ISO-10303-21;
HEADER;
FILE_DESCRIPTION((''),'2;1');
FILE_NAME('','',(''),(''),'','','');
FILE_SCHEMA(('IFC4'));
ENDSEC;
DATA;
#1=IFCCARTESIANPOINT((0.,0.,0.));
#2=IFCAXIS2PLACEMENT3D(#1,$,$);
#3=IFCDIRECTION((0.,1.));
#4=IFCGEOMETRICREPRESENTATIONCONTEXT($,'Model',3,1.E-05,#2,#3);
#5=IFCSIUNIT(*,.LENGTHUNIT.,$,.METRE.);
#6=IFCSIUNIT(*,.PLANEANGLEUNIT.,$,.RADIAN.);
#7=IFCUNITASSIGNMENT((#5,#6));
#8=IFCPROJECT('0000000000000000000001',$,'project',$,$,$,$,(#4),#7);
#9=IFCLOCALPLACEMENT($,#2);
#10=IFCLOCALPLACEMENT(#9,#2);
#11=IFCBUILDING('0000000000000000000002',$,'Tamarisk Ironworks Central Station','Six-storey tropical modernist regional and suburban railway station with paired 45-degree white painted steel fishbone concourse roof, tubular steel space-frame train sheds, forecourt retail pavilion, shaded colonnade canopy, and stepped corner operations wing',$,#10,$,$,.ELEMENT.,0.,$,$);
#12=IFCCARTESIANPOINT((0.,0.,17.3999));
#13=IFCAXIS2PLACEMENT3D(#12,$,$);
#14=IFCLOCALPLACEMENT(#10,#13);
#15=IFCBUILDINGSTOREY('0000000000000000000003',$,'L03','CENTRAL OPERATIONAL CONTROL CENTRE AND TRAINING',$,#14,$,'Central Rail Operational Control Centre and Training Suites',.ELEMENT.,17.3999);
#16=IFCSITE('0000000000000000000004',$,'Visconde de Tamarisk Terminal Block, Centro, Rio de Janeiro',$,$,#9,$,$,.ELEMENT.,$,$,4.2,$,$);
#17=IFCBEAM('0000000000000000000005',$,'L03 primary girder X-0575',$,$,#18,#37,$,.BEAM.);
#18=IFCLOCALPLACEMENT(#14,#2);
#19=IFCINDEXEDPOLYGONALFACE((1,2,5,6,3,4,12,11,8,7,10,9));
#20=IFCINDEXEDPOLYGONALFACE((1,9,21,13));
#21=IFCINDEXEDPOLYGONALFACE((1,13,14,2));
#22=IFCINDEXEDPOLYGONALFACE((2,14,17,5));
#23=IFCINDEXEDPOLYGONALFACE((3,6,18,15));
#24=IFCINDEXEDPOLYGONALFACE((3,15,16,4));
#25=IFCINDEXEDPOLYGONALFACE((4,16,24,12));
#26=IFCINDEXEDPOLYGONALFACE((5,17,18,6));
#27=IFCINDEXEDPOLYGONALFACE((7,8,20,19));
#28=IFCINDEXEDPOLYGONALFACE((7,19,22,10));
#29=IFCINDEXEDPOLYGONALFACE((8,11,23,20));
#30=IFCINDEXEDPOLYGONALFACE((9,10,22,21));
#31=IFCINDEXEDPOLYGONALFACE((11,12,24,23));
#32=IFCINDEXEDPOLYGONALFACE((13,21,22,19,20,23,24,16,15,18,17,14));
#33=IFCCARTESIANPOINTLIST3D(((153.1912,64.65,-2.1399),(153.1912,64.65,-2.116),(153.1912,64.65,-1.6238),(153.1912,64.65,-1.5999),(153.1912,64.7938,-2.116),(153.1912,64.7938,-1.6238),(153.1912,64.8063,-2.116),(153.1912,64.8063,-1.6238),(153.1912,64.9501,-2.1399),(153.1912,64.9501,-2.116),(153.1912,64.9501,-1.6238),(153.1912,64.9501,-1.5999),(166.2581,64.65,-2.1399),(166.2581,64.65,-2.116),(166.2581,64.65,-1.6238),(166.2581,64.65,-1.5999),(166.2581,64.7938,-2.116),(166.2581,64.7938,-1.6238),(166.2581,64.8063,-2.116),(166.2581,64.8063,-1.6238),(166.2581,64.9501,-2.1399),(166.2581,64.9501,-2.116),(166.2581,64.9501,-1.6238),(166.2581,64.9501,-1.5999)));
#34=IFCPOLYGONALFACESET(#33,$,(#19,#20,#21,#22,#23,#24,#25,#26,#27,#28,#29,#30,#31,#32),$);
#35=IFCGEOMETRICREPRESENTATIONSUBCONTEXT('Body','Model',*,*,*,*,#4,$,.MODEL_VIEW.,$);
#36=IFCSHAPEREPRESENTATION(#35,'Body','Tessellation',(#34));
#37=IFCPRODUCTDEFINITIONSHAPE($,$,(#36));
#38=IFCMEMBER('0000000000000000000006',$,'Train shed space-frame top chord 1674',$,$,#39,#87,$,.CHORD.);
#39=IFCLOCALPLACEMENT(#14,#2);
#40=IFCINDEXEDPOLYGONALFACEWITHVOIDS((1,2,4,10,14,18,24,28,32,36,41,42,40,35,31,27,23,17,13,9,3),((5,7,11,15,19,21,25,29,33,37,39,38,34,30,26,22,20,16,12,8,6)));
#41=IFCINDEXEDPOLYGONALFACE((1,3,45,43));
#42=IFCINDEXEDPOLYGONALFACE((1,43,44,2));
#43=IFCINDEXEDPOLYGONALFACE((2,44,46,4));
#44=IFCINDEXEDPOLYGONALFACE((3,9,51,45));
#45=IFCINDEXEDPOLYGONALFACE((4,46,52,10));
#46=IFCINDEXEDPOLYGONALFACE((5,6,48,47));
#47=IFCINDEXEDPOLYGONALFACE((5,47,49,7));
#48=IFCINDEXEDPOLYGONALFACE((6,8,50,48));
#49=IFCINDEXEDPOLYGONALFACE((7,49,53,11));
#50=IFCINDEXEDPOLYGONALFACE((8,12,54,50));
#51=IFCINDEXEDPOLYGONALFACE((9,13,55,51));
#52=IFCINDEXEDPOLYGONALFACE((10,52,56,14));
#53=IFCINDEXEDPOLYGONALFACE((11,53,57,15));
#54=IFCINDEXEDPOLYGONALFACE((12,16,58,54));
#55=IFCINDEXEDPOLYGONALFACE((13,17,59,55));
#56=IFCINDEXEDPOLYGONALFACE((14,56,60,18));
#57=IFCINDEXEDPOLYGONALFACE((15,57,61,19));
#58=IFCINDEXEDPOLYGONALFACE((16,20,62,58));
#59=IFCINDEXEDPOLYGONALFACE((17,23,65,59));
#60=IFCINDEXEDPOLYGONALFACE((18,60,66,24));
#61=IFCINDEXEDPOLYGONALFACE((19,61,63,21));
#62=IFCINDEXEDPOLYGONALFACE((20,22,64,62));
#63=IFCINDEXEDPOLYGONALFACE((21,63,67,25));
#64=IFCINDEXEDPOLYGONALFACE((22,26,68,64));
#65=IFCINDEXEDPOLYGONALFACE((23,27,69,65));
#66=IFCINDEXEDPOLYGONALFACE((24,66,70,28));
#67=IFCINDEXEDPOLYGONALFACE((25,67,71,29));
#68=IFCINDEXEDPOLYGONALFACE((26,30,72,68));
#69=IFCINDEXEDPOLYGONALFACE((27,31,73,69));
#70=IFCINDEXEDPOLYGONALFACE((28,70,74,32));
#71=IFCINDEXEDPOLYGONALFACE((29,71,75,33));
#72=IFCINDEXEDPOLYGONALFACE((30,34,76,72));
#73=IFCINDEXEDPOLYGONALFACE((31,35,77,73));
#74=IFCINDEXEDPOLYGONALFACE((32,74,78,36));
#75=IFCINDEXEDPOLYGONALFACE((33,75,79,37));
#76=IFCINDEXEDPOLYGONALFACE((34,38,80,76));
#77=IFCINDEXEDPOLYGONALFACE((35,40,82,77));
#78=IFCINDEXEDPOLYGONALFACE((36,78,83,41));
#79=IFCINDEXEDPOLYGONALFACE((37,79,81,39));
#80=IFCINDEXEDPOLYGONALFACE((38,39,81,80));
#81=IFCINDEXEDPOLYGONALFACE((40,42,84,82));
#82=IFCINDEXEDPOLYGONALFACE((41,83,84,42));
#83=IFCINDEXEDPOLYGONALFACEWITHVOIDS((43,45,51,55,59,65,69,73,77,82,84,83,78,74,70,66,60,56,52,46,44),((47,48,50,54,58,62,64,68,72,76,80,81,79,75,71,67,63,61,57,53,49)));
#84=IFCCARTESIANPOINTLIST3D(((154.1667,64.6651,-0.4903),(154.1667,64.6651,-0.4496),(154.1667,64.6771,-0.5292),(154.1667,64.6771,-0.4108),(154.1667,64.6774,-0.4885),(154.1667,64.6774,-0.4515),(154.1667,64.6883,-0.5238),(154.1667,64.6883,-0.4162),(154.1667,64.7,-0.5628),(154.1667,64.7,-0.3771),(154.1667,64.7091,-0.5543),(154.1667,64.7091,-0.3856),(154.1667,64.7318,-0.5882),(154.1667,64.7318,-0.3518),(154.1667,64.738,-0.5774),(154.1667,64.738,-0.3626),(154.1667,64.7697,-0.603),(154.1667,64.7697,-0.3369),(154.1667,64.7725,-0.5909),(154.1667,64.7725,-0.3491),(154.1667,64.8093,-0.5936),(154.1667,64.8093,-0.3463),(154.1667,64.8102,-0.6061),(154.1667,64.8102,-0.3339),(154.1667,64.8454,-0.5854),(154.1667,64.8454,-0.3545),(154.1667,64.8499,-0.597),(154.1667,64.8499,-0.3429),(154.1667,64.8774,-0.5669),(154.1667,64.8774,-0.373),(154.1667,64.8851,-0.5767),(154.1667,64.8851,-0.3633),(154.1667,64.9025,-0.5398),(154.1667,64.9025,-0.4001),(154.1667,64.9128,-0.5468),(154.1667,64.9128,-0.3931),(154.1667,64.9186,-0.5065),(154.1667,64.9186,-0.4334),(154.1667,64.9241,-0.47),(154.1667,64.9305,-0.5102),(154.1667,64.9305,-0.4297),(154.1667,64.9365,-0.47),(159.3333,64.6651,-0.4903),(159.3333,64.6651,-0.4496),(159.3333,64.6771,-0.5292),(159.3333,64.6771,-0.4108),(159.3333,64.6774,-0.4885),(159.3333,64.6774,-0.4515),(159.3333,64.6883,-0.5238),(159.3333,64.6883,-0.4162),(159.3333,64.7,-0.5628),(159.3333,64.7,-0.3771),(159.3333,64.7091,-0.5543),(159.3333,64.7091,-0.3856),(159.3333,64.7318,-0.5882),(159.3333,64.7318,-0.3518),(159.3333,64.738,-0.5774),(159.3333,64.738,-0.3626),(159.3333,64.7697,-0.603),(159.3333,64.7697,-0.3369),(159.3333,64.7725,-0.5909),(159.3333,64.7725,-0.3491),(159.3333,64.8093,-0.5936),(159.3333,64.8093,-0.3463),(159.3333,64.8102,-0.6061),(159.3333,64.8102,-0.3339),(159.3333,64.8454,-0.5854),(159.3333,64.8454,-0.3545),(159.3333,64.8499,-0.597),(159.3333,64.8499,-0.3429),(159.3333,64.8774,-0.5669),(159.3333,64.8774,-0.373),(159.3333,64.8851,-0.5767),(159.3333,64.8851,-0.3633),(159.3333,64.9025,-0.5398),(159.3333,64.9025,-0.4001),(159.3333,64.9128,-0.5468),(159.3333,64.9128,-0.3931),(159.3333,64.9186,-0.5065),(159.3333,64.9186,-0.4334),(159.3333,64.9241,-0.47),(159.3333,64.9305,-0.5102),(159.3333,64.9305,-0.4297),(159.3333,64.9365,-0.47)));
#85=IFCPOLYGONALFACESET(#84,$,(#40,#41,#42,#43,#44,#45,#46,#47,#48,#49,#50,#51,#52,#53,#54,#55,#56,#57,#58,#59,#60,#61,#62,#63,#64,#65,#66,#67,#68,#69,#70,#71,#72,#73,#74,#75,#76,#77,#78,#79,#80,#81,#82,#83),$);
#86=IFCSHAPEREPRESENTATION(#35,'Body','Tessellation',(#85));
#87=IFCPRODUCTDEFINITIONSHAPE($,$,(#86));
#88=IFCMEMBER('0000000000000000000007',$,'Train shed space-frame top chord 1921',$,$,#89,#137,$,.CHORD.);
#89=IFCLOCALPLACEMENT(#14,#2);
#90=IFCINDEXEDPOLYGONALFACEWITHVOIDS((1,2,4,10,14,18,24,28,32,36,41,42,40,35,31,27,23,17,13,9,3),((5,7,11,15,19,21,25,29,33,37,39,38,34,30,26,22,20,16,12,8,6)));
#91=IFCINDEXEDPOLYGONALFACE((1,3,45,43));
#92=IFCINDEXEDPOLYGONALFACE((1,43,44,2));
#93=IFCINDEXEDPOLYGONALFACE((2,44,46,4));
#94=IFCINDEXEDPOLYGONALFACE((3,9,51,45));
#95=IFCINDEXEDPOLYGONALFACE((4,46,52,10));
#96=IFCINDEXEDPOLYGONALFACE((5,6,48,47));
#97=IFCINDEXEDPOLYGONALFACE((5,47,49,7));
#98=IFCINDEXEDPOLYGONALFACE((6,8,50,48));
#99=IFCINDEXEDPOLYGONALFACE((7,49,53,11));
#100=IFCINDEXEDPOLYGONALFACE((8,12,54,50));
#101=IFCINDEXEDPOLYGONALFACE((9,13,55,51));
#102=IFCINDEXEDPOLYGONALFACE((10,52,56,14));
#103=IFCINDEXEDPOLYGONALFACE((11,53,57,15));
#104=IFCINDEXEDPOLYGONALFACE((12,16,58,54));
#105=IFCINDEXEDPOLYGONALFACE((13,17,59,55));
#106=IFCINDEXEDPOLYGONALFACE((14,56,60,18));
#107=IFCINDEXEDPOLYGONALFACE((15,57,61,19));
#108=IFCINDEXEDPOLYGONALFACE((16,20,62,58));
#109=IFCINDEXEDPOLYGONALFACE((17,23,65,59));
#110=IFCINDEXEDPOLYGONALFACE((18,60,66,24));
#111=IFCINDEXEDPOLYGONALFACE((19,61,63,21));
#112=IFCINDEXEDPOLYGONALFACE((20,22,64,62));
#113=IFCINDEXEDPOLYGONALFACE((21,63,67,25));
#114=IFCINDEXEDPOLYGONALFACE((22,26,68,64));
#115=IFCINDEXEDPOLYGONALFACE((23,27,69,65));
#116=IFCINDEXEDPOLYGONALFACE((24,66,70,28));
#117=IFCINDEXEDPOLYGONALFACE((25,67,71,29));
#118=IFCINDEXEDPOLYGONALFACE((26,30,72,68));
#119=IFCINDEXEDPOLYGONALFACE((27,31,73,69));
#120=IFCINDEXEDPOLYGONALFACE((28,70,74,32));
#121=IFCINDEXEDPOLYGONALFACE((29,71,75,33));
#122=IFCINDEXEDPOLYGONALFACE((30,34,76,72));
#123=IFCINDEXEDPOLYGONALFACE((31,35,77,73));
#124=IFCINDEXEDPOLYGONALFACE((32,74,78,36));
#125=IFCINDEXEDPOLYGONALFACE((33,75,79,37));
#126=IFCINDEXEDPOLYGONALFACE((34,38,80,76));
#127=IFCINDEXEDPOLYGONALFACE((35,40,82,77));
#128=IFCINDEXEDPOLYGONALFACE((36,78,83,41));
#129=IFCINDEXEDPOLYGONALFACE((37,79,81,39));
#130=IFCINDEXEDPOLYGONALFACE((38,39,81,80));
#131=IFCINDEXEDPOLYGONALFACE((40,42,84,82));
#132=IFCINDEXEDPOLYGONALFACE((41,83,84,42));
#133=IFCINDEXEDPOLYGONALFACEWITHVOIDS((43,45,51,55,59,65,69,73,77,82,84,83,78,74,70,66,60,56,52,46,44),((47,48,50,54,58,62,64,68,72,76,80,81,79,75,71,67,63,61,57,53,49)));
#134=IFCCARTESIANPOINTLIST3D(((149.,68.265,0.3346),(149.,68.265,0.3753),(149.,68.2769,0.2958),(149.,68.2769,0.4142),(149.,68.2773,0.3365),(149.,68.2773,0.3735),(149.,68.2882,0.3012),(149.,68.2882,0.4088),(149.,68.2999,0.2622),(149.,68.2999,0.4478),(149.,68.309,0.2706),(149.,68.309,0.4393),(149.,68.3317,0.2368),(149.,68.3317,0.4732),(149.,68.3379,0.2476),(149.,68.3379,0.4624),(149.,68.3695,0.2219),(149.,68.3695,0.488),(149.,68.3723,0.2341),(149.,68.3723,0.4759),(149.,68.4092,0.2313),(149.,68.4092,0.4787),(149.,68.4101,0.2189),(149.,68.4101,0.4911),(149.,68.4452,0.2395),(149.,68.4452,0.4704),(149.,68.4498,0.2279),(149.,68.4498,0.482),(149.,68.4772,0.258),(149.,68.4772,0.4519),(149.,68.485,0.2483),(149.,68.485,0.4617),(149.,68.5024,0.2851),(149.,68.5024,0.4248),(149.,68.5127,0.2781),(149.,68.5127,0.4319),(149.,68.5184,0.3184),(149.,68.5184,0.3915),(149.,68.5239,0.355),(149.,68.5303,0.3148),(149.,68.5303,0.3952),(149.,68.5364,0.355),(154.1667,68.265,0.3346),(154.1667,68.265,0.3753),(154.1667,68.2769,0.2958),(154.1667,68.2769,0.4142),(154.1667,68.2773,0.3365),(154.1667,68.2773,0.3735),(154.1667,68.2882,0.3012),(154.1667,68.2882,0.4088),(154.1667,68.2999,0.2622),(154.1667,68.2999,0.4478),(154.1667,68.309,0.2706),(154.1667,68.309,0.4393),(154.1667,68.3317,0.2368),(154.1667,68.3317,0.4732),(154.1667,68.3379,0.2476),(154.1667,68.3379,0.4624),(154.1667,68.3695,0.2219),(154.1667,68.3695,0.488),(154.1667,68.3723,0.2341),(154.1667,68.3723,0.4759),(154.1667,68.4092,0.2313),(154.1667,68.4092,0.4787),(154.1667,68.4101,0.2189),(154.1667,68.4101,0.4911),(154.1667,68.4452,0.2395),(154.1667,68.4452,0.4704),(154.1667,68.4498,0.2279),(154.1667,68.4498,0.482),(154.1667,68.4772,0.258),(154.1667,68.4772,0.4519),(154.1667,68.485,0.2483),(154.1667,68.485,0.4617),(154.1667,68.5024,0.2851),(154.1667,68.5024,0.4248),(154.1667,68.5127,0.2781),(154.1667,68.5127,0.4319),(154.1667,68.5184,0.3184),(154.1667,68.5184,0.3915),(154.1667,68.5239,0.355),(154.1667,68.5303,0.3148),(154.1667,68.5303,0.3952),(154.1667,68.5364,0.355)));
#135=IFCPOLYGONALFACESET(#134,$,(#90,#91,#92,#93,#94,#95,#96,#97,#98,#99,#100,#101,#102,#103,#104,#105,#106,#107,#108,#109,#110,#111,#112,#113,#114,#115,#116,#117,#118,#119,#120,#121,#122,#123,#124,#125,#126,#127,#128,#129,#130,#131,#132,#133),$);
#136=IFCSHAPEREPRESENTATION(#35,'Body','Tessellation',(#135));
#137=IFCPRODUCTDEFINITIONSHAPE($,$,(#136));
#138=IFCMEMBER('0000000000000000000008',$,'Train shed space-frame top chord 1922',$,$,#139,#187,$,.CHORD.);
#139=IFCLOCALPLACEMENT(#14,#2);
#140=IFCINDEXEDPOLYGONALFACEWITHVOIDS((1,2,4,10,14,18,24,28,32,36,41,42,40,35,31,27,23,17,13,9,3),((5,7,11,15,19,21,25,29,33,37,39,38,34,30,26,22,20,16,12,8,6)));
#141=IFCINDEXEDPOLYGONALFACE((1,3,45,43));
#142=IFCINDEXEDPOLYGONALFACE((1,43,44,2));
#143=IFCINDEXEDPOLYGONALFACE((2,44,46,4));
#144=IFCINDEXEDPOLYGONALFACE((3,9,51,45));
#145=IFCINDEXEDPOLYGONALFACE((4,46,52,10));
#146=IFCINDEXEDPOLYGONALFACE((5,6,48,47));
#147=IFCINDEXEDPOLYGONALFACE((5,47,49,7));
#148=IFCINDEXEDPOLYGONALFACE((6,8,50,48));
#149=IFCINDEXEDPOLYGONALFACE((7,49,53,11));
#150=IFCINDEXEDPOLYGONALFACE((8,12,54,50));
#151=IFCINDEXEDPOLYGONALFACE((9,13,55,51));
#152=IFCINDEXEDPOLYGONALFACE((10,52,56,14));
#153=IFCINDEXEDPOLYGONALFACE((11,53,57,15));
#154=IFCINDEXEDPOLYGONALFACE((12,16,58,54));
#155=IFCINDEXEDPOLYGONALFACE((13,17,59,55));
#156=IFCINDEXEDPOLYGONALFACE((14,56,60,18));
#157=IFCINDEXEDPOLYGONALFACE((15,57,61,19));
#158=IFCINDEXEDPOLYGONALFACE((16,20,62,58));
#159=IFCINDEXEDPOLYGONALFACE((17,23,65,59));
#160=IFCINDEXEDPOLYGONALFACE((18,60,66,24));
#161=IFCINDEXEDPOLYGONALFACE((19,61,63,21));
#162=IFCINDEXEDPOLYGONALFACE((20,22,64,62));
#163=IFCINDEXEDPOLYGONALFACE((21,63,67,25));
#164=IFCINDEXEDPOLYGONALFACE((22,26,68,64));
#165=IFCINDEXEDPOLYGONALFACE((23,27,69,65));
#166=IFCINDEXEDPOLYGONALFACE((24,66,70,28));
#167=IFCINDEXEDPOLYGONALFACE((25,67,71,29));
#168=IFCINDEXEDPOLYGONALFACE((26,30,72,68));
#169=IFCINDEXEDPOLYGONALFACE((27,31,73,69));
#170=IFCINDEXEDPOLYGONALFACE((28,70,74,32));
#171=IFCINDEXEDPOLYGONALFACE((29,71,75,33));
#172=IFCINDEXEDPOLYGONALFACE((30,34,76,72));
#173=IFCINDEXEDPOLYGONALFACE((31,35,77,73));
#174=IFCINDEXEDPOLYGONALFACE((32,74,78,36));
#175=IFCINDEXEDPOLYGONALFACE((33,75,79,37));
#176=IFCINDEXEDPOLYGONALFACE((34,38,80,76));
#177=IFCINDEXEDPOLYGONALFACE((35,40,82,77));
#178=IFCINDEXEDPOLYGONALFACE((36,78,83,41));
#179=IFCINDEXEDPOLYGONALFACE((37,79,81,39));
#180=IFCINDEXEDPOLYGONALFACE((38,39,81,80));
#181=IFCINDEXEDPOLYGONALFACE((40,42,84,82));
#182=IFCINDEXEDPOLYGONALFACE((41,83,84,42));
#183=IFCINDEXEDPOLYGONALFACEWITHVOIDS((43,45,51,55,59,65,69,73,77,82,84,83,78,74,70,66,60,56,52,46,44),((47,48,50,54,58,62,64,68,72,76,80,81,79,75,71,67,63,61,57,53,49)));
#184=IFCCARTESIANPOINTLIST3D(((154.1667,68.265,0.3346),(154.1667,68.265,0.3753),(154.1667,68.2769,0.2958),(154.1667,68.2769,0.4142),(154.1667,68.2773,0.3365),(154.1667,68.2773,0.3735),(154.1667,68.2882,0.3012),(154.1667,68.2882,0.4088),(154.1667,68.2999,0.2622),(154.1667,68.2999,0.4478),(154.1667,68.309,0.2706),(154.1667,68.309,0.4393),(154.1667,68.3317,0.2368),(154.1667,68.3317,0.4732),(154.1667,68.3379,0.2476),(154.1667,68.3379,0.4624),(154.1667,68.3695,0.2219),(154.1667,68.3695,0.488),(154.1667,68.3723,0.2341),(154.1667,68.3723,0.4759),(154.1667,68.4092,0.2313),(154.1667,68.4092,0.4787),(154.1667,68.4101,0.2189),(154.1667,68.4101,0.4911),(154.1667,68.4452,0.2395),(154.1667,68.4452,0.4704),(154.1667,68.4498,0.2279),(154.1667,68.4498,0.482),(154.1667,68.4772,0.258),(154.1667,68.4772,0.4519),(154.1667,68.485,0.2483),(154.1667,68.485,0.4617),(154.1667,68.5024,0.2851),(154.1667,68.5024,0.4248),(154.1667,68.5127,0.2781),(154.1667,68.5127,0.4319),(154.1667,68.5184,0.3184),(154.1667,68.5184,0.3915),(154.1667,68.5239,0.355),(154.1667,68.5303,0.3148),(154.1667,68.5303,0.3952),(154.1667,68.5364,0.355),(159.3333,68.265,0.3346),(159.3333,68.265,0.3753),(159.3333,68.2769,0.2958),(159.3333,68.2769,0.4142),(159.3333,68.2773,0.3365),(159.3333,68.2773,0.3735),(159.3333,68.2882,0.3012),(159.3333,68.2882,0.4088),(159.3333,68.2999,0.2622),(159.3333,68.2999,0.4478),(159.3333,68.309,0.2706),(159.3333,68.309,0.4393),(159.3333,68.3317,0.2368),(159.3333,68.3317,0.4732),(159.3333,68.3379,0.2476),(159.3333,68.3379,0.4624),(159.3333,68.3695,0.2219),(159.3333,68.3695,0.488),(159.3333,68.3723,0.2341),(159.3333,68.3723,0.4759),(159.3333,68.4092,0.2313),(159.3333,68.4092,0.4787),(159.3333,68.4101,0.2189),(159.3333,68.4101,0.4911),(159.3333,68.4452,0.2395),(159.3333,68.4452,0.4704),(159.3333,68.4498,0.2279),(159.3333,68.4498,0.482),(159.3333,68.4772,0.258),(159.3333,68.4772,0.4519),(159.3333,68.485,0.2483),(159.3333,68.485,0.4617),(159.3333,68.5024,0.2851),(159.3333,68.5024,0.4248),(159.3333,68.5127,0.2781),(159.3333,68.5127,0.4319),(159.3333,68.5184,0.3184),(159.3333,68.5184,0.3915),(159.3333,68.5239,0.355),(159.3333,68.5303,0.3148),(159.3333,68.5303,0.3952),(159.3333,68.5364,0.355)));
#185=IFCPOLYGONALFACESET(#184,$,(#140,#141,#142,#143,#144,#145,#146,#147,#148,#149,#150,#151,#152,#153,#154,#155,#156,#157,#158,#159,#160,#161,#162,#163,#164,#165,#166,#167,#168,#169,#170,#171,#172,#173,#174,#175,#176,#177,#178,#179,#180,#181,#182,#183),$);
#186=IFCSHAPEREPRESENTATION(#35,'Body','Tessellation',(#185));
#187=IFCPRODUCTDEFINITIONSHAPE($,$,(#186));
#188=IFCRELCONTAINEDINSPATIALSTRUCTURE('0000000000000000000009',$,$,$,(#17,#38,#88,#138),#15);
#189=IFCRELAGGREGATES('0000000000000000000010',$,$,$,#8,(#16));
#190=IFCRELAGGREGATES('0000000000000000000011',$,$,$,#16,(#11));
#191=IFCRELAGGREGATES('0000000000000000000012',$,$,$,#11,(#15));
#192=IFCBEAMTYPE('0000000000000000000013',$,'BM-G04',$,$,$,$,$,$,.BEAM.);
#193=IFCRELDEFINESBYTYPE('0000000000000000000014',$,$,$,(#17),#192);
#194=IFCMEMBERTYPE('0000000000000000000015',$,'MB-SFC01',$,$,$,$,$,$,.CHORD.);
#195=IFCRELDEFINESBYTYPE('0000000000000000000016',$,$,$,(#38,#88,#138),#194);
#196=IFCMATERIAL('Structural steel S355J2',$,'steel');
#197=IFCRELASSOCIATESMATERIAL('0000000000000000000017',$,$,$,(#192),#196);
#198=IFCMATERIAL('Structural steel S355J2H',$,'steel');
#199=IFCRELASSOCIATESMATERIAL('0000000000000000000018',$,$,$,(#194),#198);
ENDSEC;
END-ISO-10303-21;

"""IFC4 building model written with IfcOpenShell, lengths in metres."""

from ifc_helpers import new_model, si_unit, direction, frame, origin, origin_2d, place, context, subcontext, project, spatial, hollow_circle, i_section, extrude, material, material_profile, profile_set, type_object, element, save


model = new_model("IFC4")

# Units and contexts
model_context = context("Model", 3, precision=1e-05, world=origin(), true_north=direction((0.0, 1.0)))
body_context = subcontext(model_context, "Body", "Model", "MODEL_VIEW")
ifc_project = project(units=[si_unit("LENGTHUNIT", "METRE"), si_unit("PLANEANGLEUNIT", "RADIAN")], contexts=[model_context])

# Site, building, storey
site_placement = place(None, origin())
site = spatial("IfcSite", under=ifc_project, at=site_placement, Name="Visconde de Tamarisk Terminal Block, Centro, Rio de Janeiro", CompositionType="ELEMENT", RefElevation=4.2)
building_placement = place(site_placement, origin())
building = spatial("IfcBuilding", under=site, at=building_placement, Name="Tamarisk Ironworks Central Station", Description="Six-storey tropical modernist regional and suburban railway station with paired 45-degree white painted steel fishbone concourse roof, tubular steel space-frame train sheds, forecourt retail pavilion, shaded colonnade canopy, and stepped corner operations wing", CompositionType="ELEMENT", ElevationOfRefHeight=0.0)
storey_placement = place(building_placement, frame((0.0, 0.0, 17.3999)))
storey = spatial("IfcBuildingStorey", under=building, at=storey_placement, Name="L03", Description="CENTRAL OPERATIONAL CONTROL CENTRE AND TRAINING", LongName="Central Rail Operational Control Centre and Training Suites", CompositionType="ELEMENT", Elevation=17.3999)

# Beam
ifc_material_1 = material(Name="Structural steel S355J2", Category="steel")
ifc_material_profile_1 = material_profile(ifc_material_1, i_section(OverallWidth=0.3, OverallDepth=0.54, WebThickness=0.0125, FlangeThickness=0.0239, at=origin_2d()), Name="HEA 550")
ifc_profile_set_1 = profile_set([ifc_material_profile_1], Name="Structural steel S355J2")
beam_type = type_object("IfcBeamType", Name="BM-G04", PredefinedType="BEAM", material=ifc_profile_set_1)
beam_placement = place(storey_placement, frame((153.1912, 64.8, -1.8699), z_axis=(1.0, 0.0, 0.0), x_axis=(0.0, 1.0, 0.0)))
element("IfcBeam", 1, at=beam_placement, inside=storey, type_object=beam_type, Name="L03 primary girder X-0575", PredefinedType="BEAM", context=body_context, shape_type="SweptSolid", body=[
    extrude(i_section(OverallWidth=0.3, OverallDepth=0.54, WebThickness=0.0125, FlangeThickness=0.0239, at=origin_2d()), origin(), (0.0, 0.0, 1.0), 13.0669),
])

# Members
ifc_material_2 = material(Name="Structural steel S355J2H", Category="steel")
ifc_material_profile_2 = material_profile(ifc_material_2, hollow_circle(Radius=0.1365, WallThickness=0.0125, at=origin_2d()), Name="CHS 273x12.5")
ifc_profile_set_2 = profile_set([ifc_material_profile_2], Name="Structural steel S355J2H")
member_type_1 = type_object("IfcMemberType", Name="MB-SFC01", PredefinedType="CHORD", material=ifc_profile_set_2)
member_1_placement = place(storey_placement, frame((154.1667, 64.8, -0.47), z_axis=(1.0, 0.0, 0.0), x_axis=(0.0, 1.0, 0.0)))
element("IfcMember", 2, at=member_1_placement, inside=storey, type_object=member_type_1, Name="Train shed space-frame top chord 1674", PredefinedType="CHORD", context=body_context, shape_type="SweptSolid", body=[
    extrude(hollow_circle(Radius=0.1365, WallThickness=0.0125, at=origin_2d()), origin(), (0.0, 0.0, 1.0), 5.1665),
])
member_2_placement = place(storey_placement, frame((149.0, 68.3999, 0.355), z_axis=(1.0, 0.0, 0.0), x_axis=(0.0, 1.0, 0.0)))
element("IfcMember", 3, at=member_2_placement, inside=storey, type_object=member_type_1, Name="Train shed space-frame top chord 1921", PredefinedType="CHORD", context=body_context, shape_type="SweptSolid", body=[
    extrude(hollow_circle(Radius=0.1365, WallThickness=0.0125, at=origin_2d()), origin(), (0.0, 0.0, 1.0), 5.1667),
])
member_3_placement = place(storey_placement, frame((154.1667, 68.3999, 0.355), z_axis=(1.0, 0.0, 0.0), x_axis=(0.0, 1.0, 0.0)))
element("IfcMember", 4, at=member_3_placement, inside=storey, type_object=member_type_1, Name="Train shed space-frame top chord 1922", PredefinedType="CHORD", context=body_context, shape_type="SweptSolid", body=[
    extrude(hollow_circle(Radius=0.1365, WallThickness=0.0125, at=origin_2d()), origin(), (0.0, 0.0, 1.0), 5.1665),
])

save(model, "model.ifc")
